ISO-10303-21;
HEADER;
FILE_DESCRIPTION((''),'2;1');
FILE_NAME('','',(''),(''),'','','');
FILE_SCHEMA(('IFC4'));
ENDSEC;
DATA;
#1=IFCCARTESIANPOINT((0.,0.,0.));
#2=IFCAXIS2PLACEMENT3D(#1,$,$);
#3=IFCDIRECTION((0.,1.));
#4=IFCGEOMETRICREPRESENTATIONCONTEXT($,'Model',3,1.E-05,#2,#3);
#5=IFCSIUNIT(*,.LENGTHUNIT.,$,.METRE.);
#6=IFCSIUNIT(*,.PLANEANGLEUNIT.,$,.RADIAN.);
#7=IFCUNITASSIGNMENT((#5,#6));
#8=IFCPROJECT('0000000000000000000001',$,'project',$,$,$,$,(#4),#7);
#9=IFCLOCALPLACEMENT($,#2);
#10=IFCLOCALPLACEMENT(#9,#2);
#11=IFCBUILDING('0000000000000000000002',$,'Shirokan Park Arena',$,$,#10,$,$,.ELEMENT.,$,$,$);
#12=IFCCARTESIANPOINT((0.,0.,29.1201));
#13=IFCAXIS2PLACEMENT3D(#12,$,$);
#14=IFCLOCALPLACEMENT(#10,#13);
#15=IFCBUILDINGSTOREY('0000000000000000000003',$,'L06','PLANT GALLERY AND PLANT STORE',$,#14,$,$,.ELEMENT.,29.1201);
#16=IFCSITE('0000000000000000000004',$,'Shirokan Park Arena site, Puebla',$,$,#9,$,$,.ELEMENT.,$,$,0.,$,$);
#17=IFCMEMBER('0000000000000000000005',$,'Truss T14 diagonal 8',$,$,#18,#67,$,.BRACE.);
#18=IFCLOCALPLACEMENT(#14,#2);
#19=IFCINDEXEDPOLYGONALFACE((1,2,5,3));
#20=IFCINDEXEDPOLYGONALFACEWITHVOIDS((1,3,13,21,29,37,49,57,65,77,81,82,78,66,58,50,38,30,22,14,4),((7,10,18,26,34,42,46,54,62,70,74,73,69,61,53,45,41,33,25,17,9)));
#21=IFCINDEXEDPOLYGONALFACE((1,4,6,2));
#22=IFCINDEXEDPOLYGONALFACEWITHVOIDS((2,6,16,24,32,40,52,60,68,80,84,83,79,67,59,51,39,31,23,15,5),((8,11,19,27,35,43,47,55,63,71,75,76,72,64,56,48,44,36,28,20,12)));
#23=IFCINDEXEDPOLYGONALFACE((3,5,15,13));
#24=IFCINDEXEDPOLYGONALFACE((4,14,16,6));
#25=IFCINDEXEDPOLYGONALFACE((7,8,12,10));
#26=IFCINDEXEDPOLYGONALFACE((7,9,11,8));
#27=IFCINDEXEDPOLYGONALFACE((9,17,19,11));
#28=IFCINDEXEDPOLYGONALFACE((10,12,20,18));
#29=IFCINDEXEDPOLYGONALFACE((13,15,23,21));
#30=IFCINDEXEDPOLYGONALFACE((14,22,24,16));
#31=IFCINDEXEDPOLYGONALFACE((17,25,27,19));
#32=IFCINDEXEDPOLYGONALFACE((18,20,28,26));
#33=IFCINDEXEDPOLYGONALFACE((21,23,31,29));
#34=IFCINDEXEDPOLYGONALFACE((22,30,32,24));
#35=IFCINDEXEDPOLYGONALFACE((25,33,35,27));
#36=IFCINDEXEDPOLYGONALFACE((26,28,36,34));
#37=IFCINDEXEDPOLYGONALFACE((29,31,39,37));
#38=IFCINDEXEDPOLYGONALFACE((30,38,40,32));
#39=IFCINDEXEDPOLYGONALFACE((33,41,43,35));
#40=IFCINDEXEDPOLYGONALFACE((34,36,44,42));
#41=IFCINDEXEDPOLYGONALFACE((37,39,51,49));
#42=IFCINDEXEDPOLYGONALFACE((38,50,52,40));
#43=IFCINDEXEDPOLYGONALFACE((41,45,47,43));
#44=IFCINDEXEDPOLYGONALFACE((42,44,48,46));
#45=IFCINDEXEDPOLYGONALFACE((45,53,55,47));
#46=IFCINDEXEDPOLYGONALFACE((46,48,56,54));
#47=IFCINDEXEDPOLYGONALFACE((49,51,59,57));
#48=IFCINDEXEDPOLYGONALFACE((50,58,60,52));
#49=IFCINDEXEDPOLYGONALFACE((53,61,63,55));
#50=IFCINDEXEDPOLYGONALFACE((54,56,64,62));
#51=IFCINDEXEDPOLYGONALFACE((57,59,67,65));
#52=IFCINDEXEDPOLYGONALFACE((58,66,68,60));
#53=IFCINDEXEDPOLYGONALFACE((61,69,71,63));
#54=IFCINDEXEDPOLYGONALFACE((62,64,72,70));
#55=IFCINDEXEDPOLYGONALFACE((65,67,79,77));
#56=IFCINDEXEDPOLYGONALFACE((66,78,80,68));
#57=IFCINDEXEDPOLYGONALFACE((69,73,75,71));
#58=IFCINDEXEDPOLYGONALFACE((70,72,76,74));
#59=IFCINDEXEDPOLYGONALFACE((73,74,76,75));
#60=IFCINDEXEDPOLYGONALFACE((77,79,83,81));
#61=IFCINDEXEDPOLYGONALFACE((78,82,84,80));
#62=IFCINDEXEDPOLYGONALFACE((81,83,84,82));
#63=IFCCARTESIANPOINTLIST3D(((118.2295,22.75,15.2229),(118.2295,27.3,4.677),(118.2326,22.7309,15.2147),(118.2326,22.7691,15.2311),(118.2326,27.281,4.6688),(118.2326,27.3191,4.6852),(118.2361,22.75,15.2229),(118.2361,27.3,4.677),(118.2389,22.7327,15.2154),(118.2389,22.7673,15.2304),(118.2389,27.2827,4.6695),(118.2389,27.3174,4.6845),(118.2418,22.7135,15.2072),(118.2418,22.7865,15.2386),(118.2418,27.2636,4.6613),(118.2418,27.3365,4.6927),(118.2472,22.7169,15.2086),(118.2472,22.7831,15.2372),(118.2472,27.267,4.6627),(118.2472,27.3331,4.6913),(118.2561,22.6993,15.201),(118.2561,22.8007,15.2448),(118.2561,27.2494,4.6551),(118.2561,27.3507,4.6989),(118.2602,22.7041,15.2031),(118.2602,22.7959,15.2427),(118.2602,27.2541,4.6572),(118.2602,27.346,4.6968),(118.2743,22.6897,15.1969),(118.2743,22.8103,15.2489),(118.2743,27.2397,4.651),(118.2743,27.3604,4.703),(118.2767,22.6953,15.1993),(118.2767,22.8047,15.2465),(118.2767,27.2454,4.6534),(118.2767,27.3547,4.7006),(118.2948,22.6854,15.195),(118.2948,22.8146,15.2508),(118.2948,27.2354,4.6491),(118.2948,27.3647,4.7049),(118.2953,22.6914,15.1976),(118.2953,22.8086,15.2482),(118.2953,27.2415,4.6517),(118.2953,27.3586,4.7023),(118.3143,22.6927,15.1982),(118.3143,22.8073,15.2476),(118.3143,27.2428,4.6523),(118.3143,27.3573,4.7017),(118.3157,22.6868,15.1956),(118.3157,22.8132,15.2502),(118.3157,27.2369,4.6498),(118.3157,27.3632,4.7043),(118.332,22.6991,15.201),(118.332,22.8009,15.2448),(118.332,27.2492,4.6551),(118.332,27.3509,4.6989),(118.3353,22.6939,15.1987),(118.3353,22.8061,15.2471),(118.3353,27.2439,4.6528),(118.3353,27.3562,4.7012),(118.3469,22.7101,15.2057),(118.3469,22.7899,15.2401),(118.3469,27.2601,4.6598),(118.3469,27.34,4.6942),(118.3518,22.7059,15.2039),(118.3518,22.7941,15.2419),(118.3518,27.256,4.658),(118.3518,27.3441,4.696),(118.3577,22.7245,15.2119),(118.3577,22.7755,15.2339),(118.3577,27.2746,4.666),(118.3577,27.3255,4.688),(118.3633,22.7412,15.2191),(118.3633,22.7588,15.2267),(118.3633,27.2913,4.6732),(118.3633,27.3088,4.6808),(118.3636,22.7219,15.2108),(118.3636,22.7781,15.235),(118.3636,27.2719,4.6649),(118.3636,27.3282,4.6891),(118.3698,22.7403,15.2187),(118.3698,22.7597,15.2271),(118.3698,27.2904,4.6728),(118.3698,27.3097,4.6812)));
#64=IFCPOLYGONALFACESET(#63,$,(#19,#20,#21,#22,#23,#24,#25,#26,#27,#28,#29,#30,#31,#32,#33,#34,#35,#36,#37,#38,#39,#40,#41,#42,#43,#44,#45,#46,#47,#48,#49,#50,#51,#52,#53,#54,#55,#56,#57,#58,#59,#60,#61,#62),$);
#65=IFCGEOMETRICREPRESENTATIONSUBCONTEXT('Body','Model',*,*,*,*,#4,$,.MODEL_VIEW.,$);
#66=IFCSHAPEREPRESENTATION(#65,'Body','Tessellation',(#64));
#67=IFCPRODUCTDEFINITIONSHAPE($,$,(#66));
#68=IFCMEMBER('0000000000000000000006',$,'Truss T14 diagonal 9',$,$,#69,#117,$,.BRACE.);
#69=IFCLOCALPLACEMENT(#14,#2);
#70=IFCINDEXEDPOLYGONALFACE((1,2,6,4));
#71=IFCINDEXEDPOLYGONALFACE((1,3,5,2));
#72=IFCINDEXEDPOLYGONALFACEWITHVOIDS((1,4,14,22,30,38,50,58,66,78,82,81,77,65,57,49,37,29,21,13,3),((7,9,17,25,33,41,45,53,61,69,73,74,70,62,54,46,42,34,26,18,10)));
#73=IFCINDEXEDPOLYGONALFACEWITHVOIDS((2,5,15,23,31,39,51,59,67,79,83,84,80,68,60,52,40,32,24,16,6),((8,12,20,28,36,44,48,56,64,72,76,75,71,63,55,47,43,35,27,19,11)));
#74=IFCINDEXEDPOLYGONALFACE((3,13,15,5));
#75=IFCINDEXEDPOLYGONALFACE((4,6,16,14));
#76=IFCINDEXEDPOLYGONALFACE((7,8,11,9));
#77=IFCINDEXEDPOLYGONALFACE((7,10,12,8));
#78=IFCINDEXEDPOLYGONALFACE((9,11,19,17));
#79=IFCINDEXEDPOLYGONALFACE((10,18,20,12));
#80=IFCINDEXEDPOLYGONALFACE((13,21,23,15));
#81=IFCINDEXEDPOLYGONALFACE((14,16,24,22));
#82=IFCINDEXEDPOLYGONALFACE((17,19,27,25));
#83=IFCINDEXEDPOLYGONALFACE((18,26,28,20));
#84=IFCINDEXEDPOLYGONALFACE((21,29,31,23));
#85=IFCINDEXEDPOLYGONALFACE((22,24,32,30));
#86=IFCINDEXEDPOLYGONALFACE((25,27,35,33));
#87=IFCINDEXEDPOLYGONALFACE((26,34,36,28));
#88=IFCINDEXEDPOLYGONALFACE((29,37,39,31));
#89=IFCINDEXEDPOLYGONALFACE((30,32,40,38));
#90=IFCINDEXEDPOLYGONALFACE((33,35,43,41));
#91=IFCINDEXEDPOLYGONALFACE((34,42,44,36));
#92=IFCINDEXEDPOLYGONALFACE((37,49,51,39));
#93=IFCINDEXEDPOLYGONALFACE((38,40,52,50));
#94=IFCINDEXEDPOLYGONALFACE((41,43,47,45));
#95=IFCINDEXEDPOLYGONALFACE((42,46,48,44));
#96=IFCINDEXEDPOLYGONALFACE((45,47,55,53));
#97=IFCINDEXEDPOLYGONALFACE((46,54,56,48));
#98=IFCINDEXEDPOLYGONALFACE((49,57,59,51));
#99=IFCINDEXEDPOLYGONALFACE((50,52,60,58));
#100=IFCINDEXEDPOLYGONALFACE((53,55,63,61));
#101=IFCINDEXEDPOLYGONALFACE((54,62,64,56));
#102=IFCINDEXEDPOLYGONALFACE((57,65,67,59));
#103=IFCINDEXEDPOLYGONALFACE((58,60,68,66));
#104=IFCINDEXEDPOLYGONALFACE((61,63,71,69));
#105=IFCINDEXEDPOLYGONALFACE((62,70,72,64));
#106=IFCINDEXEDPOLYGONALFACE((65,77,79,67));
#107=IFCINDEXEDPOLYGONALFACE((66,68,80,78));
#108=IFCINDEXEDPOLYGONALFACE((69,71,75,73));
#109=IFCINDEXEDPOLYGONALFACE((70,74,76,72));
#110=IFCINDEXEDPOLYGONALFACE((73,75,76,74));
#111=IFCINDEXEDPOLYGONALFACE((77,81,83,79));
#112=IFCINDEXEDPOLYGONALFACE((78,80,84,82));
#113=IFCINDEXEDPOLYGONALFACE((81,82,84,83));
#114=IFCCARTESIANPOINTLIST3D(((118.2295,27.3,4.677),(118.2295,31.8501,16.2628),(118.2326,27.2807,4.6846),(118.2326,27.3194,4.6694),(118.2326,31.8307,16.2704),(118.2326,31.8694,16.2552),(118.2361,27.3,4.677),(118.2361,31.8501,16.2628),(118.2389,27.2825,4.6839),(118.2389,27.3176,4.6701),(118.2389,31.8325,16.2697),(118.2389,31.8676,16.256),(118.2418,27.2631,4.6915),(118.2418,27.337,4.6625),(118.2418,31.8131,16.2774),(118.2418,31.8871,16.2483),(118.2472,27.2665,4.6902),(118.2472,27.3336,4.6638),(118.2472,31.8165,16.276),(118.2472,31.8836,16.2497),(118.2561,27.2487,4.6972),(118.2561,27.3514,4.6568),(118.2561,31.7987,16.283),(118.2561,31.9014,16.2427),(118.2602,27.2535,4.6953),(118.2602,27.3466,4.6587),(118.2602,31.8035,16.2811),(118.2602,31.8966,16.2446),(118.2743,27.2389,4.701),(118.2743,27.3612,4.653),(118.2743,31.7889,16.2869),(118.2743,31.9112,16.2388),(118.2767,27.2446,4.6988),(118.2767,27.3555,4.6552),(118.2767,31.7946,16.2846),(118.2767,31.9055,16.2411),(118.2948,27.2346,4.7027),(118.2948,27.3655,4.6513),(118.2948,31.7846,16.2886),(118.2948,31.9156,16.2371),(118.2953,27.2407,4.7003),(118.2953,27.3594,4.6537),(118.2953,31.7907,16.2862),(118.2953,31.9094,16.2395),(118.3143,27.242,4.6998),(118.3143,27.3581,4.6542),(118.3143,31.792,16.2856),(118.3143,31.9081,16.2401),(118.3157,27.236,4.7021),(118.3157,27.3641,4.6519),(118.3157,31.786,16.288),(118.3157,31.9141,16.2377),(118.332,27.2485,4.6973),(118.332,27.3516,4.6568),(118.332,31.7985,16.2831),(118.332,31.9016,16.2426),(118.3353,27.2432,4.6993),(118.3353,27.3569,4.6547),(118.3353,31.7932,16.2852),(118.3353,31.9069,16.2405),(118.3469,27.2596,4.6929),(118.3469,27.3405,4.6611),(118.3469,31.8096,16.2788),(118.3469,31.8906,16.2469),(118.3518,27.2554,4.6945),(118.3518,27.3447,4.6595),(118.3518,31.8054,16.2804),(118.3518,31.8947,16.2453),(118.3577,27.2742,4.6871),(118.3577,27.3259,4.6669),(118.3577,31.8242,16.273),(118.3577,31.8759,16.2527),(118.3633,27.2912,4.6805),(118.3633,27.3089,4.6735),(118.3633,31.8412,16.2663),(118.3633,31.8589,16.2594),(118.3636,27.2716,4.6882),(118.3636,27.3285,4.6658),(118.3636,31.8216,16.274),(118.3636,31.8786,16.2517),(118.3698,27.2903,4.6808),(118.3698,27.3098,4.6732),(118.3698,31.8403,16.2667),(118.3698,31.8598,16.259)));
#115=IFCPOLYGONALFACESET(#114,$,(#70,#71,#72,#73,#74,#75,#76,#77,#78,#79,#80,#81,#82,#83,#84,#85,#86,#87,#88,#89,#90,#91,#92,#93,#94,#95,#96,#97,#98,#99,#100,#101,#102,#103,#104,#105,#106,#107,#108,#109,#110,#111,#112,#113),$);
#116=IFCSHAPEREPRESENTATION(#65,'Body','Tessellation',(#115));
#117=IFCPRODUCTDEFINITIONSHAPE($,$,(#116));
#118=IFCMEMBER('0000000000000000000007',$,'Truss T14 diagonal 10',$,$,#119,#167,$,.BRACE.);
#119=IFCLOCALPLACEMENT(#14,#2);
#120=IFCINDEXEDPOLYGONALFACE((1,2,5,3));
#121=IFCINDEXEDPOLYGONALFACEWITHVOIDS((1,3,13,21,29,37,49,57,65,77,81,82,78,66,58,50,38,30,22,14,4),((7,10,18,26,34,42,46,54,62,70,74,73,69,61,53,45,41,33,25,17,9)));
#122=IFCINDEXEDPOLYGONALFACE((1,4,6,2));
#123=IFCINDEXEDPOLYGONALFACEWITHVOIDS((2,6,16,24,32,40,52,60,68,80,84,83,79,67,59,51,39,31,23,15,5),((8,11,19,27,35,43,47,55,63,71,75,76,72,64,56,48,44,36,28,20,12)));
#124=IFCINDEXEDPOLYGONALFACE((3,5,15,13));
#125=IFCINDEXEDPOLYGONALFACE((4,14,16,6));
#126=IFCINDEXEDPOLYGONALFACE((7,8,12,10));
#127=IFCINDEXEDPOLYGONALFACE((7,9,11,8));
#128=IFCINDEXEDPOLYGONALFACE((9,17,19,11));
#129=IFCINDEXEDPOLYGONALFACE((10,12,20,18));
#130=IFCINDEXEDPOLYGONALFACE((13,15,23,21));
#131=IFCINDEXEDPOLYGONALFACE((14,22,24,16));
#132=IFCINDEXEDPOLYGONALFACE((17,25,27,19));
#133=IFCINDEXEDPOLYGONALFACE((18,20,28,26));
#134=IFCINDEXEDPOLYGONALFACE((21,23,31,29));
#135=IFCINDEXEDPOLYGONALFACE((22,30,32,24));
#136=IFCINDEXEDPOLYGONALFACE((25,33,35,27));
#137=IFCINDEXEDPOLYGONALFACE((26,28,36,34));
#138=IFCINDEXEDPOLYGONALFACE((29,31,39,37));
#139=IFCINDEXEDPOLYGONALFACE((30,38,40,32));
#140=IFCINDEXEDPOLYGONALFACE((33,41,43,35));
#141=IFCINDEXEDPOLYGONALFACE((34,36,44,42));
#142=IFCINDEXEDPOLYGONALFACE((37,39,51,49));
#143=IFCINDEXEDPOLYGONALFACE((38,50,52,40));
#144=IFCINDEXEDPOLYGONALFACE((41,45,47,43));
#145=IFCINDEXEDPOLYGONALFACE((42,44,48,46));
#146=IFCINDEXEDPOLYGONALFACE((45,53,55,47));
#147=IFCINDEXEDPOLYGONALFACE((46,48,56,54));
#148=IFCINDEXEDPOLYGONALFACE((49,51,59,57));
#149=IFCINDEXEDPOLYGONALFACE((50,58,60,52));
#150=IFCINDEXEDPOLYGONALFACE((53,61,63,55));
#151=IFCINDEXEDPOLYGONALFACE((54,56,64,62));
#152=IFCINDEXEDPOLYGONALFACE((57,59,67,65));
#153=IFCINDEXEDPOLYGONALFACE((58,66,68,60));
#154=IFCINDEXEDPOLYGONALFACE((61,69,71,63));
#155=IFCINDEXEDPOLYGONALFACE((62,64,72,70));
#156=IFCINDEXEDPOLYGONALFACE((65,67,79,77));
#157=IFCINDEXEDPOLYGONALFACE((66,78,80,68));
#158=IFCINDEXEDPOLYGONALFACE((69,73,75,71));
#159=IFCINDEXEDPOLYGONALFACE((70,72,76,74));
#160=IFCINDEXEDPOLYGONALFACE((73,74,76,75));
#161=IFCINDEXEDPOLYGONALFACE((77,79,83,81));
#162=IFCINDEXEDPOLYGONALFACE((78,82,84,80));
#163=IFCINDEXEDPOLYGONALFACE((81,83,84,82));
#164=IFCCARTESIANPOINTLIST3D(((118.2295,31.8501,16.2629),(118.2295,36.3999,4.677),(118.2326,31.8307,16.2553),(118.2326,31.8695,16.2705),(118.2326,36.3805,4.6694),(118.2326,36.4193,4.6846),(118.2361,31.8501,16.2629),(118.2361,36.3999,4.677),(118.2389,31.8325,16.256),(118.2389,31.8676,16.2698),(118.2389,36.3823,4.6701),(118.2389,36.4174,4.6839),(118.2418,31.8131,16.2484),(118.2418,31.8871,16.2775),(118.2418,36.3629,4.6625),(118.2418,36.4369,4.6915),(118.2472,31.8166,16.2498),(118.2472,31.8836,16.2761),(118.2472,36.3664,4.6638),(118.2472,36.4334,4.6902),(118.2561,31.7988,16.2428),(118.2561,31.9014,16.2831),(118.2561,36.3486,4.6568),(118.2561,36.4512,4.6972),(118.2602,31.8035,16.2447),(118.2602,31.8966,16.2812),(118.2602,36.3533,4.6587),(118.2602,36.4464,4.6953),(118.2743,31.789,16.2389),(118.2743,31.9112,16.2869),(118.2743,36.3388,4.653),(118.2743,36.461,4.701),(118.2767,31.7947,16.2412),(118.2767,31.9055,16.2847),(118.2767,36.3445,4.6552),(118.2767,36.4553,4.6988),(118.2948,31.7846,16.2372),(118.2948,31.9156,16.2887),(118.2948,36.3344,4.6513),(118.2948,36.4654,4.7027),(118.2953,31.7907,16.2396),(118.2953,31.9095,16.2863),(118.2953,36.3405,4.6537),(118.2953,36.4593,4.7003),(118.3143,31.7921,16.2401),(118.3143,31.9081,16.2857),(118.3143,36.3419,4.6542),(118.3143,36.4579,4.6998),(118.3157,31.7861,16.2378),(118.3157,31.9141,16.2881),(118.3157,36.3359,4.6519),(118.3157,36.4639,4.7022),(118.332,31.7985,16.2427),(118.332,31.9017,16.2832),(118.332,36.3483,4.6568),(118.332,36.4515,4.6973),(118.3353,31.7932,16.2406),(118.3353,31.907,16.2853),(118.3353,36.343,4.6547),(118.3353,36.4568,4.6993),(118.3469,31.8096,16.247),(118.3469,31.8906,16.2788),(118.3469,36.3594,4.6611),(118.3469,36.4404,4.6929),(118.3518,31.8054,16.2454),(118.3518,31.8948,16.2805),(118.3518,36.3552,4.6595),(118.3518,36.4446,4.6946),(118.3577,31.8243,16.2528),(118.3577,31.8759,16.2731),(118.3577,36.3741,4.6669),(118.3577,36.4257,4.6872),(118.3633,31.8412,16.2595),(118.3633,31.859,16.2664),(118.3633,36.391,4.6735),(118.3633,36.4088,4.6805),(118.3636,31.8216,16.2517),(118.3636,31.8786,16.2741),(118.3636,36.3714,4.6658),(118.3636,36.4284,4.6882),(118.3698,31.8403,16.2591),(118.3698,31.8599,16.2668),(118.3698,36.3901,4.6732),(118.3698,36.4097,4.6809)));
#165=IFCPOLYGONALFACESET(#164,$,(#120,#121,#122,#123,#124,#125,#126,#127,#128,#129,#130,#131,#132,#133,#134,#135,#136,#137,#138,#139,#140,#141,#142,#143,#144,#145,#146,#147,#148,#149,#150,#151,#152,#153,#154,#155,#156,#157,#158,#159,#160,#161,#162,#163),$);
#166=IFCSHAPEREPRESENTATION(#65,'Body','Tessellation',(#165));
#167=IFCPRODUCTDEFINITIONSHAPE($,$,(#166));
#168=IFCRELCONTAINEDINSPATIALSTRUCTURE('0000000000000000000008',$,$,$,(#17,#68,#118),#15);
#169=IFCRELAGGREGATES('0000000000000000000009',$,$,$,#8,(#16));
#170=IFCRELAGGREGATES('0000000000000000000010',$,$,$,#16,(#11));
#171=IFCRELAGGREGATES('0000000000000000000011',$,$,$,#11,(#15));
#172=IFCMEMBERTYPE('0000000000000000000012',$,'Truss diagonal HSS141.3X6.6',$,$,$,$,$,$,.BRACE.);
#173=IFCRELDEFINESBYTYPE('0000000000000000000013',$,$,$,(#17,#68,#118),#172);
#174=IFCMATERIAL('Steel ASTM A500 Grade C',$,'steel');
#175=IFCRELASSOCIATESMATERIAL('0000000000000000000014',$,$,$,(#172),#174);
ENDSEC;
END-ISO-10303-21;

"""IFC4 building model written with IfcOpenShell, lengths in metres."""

from ifc_helpers import new_model, si_unit, direction, frame, origin, origin_2d, place, context, subcontext, project, spatial, hollow_circle, extrude, material, material_profile, profile_set, type_object, element, save


model = new_model("IFC4")

# Units and contexts
model_context = context("Model", 3, precision=1e-05, world=origin(), true_north=direction((0.0, 1.0)))
body_context = subcontext(model_context, "Body", "Model", "MODEL_VIEW")
ifc_project = project(units=[si_unit("LENGTHUNIT", "METRE"), si_unit("PLANEANGLEUNIT", "RADIAN")], contexts=[model_context])

# Site, building, storey
site_placement = place(None, origin())
site = spatial("IfcSite", under=ifc_project, at=site_placement, Name="Shirokan Park Arena site, Puebla", CompositionType="ELEMENT", RefElevation=0.0)
building_placement = place(site_placement, origin())
building = spatial("IfcBuilding", under=site, at=building_placement, Name="Shirokan Park Arena", CompositionType="ELEMENT")
storey_placement = place(building_placement, frame((0.0, 0.0, 29.1201)))
storey = spatial("IfcBuildingStorey", under=building, at=storey_placement, Name="L06", Description="PLANT GALLERY AND PLANT STORE", CompositionType="ELEMENT", Elevation=29.1201)

# Members
ifc_material_1 = material(Name="Steel ASTM A500 Grade C", Category="steel")
ifc_material_profile_1 = material_profile(ifc_material_1, hollow_circle(Radius=0.0706, WallThickness=0.0066, at=origin_2d()), Name="HSS141.3X6.6")
ifc_profile_set_1 = profile_set([ifc_material_profile_1], Name="Steel ASTM A500 Grade C")
member_type_1 = type_object("IfcMemberType", Name="Truss diagonal HSS141.3X6.6", PredefinedType="BRACE", material=ifc_profile_set_1)
member_1_placement = place(storey_placement, frame((118.3, 22.75, 15.2229), z_axis=(0.0, 0.396153, -0.918185), x_axis=(-1.0, 0.0, 0.0)))
element("IfcMember", 1, at=member_1_placement, inside=storey, type_object=member_type_1, Name="Truss T14 diagonal 8", PredefinedType="BRACE", context=body_context, shape_type="SweptSolid", body=[
    extrude(hollow_circle(Radius=0.0706, WallThickness=0.0066, at=origin_2d()), origin(), (0.0, 0.0, 1.0), 11.4856),
])
for number, where, z_axis, x_axis, name in (
    (2, (118.3, 27.3, 4.677), (0.0, 0.365543, 0.930794), (-1.0, 0.0, 0.0), "Truss T14 diagonal 9"),
    (3, (118.3, 31.8501, 16.2629), (0.0, 0.365526, -0.930801), (-1.0, 0.0, 0.0), "Truss T14 diagonal 10"),
):
    element("IfcMember", number, at=place(storey_placement, frame(where, z_axis=z_axis, x_axis=x_axis)), inside=storey, type_object=member_type_1, Name=name, PredefinedType="BRACE", context=body_context, shape_type="SweptSolid", body=[
        extrude(hollow_circle(Radius=0.0706, WallThickness=0.0066, at=origin_2d()), origin(), (0.0, 0.0, 1.0), 12.4473),
    ])

save(model, "model.ifc")
